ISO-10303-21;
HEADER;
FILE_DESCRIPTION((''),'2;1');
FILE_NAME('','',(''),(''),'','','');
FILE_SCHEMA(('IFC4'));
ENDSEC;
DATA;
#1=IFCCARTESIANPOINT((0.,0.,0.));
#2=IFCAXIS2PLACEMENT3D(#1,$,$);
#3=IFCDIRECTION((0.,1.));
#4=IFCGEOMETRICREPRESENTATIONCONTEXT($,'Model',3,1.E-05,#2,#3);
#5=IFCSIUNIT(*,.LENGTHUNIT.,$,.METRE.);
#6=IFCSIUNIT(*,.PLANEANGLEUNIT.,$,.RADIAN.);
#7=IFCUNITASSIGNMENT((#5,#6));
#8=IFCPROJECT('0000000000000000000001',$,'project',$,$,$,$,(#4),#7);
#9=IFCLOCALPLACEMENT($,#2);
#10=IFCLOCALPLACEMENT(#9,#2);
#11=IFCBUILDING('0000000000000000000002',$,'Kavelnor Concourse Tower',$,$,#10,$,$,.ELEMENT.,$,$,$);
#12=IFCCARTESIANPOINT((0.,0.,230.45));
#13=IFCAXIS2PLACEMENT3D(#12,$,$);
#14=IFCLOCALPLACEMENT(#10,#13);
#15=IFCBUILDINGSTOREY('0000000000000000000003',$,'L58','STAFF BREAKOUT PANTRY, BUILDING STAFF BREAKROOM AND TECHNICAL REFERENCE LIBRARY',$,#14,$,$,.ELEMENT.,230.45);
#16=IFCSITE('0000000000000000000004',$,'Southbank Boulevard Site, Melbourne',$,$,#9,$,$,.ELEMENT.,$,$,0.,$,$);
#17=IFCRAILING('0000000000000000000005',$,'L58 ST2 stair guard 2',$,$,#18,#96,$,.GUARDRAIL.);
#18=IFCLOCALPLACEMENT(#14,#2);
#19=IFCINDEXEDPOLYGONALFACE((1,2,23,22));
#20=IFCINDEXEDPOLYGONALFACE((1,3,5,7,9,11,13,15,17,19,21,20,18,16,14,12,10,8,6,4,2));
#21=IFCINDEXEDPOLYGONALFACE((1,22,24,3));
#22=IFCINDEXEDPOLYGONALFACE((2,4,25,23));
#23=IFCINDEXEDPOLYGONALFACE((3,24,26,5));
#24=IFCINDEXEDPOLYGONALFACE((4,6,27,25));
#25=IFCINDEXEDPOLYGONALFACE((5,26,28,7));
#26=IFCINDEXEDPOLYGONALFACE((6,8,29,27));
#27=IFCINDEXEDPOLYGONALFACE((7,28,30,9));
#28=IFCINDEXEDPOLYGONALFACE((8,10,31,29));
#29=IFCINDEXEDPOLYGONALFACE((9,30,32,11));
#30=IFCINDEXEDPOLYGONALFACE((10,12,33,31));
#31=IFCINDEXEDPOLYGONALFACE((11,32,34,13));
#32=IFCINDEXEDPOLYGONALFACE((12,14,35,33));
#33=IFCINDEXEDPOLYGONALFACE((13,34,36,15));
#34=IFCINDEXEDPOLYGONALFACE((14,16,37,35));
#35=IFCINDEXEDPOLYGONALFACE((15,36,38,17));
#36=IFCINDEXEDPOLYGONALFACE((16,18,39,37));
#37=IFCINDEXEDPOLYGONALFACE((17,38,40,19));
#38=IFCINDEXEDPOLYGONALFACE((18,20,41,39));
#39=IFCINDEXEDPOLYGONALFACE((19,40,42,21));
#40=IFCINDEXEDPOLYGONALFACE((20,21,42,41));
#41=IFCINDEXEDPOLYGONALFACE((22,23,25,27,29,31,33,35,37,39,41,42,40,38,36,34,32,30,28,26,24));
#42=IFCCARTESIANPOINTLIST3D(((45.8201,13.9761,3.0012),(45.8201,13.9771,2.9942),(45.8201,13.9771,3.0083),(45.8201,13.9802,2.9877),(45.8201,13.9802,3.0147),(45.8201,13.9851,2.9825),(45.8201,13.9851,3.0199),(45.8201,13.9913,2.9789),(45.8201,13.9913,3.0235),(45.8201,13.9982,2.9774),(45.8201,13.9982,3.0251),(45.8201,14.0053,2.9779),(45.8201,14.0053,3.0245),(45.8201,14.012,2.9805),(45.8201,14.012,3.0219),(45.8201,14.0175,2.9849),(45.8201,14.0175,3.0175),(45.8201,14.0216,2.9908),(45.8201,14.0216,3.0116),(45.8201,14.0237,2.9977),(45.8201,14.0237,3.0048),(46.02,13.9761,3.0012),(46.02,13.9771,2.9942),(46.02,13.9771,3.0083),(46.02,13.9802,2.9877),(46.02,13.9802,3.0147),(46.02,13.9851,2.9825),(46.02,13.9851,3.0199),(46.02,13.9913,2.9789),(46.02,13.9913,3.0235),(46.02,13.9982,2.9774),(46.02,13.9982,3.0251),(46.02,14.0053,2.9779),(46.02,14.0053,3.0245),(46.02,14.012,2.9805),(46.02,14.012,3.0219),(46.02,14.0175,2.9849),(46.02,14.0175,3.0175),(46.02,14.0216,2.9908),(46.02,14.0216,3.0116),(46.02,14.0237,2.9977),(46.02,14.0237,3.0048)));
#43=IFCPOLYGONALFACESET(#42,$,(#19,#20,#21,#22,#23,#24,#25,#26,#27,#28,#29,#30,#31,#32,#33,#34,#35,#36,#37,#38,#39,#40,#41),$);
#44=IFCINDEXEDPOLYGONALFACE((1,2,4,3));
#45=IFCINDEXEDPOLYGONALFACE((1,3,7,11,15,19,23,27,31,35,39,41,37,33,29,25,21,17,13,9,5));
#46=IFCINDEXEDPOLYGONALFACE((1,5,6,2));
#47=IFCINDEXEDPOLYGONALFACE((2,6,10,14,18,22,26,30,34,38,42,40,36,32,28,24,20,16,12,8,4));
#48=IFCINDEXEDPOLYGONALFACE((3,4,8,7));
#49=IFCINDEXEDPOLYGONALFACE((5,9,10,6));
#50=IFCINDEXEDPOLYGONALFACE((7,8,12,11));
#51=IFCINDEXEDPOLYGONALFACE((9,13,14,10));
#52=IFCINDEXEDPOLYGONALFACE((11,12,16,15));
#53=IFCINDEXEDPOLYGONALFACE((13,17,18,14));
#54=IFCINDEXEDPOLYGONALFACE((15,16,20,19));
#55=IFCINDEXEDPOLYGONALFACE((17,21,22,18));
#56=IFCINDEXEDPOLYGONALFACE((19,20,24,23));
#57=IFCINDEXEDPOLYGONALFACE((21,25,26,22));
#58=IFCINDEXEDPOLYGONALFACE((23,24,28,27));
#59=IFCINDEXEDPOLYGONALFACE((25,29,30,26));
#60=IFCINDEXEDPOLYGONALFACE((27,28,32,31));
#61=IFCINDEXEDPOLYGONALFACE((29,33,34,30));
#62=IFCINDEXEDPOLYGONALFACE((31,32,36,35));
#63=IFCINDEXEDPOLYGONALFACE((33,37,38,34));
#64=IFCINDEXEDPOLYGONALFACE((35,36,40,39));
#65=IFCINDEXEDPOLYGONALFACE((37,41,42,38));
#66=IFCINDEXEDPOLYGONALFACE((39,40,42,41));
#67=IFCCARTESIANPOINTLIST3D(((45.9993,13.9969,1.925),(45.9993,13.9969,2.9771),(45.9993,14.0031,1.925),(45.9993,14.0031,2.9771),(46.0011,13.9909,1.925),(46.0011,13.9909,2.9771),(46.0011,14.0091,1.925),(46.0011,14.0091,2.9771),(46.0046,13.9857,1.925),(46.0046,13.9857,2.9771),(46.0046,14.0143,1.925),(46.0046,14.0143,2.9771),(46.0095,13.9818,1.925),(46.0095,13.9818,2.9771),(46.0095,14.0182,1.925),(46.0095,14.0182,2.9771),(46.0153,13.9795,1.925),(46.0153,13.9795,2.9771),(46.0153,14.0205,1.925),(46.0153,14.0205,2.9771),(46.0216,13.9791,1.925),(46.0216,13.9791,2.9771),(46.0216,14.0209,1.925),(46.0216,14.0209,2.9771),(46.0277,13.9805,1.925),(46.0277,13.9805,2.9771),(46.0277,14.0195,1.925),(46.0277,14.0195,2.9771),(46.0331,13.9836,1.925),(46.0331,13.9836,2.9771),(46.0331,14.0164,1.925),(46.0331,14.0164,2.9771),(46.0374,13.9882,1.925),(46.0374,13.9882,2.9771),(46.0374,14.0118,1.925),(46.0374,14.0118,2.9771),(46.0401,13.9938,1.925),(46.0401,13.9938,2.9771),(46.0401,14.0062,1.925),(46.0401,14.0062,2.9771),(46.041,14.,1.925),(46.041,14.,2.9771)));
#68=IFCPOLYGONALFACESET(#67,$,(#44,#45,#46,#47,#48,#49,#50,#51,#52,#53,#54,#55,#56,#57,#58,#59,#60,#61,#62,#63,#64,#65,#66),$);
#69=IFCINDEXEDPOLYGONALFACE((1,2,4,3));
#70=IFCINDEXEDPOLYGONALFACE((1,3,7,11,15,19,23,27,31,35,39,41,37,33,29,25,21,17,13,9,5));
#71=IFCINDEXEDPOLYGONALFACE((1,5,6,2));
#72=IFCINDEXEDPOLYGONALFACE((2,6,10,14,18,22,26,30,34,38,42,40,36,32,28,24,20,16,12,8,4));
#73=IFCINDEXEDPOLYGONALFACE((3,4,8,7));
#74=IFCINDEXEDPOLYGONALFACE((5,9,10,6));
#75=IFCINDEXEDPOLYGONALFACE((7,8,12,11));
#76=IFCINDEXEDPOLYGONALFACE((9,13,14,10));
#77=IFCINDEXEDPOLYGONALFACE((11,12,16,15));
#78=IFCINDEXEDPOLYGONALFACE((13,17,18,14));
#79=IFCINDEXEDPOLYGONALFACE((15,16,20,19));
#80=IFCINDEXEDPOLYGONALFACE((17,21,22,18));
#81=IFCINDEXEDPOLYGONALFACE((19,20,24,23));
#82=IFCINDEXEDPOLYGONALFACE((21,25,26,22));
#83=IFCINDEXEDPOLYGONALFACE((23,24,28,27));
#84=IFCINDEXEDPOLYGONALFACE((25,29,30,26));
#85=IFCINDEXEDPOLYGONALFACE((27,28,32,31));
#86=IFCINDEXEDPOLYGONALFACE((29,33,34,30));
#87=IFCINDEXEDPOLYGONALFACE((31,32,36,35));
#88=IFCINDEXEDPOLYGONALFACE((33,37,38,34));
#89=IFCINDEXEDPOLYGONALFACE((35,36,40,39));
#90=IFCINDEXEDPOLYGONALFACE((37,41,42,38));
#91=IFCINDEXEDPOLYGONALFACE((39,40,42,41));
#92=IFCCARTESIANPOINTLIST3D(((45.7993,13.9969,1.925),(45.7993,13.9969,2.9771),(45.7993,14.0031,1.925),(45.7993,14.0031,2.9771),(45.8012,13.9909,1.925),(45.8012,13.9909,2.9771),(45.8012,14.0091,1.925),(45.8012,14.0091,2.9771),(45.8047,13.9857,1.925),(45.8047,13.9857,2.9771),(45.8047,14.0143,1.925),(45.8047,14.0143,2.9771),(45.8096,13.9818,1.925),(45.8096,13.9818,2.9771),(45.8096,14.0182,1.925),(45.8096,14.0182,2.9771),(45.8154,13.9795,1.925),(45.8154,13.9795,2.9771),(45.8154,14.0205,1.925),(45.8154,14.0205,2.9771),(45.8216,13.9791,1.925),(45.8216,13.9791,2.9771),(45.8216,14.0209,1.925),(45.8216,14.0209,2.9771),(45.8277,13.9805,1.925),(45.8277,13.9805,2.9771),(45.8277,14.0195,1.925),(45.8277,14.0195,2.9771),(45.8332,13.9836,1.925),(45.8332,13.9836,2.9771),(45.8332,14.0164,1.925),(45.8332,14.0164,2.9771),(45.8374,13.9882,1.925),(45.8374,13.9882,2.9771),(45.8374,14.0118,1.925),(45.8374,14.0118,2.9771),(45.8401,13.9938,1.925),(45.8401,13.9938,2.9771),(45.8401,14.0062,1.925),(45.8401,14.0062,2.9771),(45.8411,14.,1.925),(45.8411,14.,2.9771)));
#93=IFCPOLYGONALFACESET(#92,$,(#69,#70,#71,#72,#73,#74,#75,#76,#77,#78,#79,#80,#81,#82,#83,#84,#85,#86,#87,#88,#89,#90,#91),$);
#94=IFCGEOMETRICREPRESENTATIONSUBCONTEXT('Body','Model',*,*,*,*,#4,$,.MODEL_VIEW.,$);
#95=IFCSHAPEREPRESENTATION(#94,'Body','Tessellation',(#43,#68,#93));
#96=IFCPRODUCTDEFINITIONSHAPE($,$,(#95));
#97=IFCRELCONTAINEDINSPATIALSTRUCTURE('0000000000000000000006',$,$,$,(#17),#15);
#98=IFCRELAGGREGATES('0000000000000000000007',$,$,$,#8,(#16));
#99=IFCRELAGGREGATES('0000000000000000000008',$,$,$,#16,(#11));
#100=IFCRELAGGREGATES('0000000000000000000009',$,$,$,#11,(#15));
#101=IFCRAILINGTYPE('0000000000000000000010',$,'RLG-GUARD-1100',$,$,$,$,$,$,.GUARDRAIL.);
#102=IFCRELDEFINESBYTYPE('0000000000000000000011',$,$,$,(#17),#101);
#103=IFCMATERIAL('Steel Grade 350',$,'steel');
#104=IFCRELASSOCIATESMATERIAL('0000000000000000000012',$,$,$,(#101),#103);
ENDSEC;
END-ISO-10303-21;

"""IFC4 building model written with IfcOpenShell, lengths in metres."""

from ifc_helpers import new_model, si_unit, direction, frame, origin, origin_2d, place, context, subcontext, project, spatial, circle, extrude, material, type_object, element, save


model = new_model("IFC4")

# Units and contexts
model_context = context("Model", 3, precision=1e-05, world=origin(), true_north=direction((0.0, 1.0)))
body_context = subcontext(model_context, "Body", "Model", "MODEL_VIEW")
ifc_project = project(units=[si_unit("LENGTHUNIT", "METRE"), si_unit("PLANEANGLEUNIT", "RADIAN")], contexts=[model_context])

# Site, building, storey
site_placement = place(None, origin())
site = spatial("IfcSite", under=ifc_project, at=site_placement, Name="Southbank Boulevard Site, Melbourne", CompositionType="ELEMENT", RefElevation=0.0)
building_placement = place(site_placement, origin())
building = spatial("IfcBuilding", under=site, at=building_placement, Name="Kavelnor Concourse Tower", CompositionType="ELEMENT")
storey_placement = place(building_placement, frame((0.0, 0.0, 230.45)))
storey = spatial("IfcBuildingStorey", under=building, at=storey_placement, Name="L58", Description="STAFF BREAKOUT PANTRY, BUILDING STAFF BREAKROOM AND TECHNICAL REFERENCE LIBRARY", CompositionType="ELEMENT", Elevation=230.45)

# Shared definitions
ifc_material_1 = material(Name="Steel Grade 350", Category="steel")

# Railing
railing_type_1 = type_object("IfcRailingType", Name="RLG-GUARD-1100", PredefinedType="GUARDRAIL", material=ifc_material_1)
railing_1_placement = place(storey_placement, frame((46.02, 14.0, 1.925)))
element("IfcRailing", 1, at=railing_1_placement, inside=storey, type_object=railing_type_1, Name="L58 ST2 stair guard 2", PredefinedType="GUARDRAIL", context=body_context, shape_type="SweptSolid", body=[
    extrude(circle(Radius=0.0239, at=origin_2d()), frame((0.0, 0.0, 1.0762), z_axis=(-1.0, 0.0, 0.0), x_axis=(0.0, -1.0, 0.0)), (0.0, 0.0, 1.0), 0.2),
    extrude(circle(Radius=0.021, at=origin_2d()), origin(), (0.0, 0.0, 1.0), 1.052),
    extrude(circle(Radius=0.021, at=origin_2d()), frame((-0.2, 0.0, 0.0)), (0.0, 0.0, 1.0), 1.052),
])

save(model, "model.ifc")
